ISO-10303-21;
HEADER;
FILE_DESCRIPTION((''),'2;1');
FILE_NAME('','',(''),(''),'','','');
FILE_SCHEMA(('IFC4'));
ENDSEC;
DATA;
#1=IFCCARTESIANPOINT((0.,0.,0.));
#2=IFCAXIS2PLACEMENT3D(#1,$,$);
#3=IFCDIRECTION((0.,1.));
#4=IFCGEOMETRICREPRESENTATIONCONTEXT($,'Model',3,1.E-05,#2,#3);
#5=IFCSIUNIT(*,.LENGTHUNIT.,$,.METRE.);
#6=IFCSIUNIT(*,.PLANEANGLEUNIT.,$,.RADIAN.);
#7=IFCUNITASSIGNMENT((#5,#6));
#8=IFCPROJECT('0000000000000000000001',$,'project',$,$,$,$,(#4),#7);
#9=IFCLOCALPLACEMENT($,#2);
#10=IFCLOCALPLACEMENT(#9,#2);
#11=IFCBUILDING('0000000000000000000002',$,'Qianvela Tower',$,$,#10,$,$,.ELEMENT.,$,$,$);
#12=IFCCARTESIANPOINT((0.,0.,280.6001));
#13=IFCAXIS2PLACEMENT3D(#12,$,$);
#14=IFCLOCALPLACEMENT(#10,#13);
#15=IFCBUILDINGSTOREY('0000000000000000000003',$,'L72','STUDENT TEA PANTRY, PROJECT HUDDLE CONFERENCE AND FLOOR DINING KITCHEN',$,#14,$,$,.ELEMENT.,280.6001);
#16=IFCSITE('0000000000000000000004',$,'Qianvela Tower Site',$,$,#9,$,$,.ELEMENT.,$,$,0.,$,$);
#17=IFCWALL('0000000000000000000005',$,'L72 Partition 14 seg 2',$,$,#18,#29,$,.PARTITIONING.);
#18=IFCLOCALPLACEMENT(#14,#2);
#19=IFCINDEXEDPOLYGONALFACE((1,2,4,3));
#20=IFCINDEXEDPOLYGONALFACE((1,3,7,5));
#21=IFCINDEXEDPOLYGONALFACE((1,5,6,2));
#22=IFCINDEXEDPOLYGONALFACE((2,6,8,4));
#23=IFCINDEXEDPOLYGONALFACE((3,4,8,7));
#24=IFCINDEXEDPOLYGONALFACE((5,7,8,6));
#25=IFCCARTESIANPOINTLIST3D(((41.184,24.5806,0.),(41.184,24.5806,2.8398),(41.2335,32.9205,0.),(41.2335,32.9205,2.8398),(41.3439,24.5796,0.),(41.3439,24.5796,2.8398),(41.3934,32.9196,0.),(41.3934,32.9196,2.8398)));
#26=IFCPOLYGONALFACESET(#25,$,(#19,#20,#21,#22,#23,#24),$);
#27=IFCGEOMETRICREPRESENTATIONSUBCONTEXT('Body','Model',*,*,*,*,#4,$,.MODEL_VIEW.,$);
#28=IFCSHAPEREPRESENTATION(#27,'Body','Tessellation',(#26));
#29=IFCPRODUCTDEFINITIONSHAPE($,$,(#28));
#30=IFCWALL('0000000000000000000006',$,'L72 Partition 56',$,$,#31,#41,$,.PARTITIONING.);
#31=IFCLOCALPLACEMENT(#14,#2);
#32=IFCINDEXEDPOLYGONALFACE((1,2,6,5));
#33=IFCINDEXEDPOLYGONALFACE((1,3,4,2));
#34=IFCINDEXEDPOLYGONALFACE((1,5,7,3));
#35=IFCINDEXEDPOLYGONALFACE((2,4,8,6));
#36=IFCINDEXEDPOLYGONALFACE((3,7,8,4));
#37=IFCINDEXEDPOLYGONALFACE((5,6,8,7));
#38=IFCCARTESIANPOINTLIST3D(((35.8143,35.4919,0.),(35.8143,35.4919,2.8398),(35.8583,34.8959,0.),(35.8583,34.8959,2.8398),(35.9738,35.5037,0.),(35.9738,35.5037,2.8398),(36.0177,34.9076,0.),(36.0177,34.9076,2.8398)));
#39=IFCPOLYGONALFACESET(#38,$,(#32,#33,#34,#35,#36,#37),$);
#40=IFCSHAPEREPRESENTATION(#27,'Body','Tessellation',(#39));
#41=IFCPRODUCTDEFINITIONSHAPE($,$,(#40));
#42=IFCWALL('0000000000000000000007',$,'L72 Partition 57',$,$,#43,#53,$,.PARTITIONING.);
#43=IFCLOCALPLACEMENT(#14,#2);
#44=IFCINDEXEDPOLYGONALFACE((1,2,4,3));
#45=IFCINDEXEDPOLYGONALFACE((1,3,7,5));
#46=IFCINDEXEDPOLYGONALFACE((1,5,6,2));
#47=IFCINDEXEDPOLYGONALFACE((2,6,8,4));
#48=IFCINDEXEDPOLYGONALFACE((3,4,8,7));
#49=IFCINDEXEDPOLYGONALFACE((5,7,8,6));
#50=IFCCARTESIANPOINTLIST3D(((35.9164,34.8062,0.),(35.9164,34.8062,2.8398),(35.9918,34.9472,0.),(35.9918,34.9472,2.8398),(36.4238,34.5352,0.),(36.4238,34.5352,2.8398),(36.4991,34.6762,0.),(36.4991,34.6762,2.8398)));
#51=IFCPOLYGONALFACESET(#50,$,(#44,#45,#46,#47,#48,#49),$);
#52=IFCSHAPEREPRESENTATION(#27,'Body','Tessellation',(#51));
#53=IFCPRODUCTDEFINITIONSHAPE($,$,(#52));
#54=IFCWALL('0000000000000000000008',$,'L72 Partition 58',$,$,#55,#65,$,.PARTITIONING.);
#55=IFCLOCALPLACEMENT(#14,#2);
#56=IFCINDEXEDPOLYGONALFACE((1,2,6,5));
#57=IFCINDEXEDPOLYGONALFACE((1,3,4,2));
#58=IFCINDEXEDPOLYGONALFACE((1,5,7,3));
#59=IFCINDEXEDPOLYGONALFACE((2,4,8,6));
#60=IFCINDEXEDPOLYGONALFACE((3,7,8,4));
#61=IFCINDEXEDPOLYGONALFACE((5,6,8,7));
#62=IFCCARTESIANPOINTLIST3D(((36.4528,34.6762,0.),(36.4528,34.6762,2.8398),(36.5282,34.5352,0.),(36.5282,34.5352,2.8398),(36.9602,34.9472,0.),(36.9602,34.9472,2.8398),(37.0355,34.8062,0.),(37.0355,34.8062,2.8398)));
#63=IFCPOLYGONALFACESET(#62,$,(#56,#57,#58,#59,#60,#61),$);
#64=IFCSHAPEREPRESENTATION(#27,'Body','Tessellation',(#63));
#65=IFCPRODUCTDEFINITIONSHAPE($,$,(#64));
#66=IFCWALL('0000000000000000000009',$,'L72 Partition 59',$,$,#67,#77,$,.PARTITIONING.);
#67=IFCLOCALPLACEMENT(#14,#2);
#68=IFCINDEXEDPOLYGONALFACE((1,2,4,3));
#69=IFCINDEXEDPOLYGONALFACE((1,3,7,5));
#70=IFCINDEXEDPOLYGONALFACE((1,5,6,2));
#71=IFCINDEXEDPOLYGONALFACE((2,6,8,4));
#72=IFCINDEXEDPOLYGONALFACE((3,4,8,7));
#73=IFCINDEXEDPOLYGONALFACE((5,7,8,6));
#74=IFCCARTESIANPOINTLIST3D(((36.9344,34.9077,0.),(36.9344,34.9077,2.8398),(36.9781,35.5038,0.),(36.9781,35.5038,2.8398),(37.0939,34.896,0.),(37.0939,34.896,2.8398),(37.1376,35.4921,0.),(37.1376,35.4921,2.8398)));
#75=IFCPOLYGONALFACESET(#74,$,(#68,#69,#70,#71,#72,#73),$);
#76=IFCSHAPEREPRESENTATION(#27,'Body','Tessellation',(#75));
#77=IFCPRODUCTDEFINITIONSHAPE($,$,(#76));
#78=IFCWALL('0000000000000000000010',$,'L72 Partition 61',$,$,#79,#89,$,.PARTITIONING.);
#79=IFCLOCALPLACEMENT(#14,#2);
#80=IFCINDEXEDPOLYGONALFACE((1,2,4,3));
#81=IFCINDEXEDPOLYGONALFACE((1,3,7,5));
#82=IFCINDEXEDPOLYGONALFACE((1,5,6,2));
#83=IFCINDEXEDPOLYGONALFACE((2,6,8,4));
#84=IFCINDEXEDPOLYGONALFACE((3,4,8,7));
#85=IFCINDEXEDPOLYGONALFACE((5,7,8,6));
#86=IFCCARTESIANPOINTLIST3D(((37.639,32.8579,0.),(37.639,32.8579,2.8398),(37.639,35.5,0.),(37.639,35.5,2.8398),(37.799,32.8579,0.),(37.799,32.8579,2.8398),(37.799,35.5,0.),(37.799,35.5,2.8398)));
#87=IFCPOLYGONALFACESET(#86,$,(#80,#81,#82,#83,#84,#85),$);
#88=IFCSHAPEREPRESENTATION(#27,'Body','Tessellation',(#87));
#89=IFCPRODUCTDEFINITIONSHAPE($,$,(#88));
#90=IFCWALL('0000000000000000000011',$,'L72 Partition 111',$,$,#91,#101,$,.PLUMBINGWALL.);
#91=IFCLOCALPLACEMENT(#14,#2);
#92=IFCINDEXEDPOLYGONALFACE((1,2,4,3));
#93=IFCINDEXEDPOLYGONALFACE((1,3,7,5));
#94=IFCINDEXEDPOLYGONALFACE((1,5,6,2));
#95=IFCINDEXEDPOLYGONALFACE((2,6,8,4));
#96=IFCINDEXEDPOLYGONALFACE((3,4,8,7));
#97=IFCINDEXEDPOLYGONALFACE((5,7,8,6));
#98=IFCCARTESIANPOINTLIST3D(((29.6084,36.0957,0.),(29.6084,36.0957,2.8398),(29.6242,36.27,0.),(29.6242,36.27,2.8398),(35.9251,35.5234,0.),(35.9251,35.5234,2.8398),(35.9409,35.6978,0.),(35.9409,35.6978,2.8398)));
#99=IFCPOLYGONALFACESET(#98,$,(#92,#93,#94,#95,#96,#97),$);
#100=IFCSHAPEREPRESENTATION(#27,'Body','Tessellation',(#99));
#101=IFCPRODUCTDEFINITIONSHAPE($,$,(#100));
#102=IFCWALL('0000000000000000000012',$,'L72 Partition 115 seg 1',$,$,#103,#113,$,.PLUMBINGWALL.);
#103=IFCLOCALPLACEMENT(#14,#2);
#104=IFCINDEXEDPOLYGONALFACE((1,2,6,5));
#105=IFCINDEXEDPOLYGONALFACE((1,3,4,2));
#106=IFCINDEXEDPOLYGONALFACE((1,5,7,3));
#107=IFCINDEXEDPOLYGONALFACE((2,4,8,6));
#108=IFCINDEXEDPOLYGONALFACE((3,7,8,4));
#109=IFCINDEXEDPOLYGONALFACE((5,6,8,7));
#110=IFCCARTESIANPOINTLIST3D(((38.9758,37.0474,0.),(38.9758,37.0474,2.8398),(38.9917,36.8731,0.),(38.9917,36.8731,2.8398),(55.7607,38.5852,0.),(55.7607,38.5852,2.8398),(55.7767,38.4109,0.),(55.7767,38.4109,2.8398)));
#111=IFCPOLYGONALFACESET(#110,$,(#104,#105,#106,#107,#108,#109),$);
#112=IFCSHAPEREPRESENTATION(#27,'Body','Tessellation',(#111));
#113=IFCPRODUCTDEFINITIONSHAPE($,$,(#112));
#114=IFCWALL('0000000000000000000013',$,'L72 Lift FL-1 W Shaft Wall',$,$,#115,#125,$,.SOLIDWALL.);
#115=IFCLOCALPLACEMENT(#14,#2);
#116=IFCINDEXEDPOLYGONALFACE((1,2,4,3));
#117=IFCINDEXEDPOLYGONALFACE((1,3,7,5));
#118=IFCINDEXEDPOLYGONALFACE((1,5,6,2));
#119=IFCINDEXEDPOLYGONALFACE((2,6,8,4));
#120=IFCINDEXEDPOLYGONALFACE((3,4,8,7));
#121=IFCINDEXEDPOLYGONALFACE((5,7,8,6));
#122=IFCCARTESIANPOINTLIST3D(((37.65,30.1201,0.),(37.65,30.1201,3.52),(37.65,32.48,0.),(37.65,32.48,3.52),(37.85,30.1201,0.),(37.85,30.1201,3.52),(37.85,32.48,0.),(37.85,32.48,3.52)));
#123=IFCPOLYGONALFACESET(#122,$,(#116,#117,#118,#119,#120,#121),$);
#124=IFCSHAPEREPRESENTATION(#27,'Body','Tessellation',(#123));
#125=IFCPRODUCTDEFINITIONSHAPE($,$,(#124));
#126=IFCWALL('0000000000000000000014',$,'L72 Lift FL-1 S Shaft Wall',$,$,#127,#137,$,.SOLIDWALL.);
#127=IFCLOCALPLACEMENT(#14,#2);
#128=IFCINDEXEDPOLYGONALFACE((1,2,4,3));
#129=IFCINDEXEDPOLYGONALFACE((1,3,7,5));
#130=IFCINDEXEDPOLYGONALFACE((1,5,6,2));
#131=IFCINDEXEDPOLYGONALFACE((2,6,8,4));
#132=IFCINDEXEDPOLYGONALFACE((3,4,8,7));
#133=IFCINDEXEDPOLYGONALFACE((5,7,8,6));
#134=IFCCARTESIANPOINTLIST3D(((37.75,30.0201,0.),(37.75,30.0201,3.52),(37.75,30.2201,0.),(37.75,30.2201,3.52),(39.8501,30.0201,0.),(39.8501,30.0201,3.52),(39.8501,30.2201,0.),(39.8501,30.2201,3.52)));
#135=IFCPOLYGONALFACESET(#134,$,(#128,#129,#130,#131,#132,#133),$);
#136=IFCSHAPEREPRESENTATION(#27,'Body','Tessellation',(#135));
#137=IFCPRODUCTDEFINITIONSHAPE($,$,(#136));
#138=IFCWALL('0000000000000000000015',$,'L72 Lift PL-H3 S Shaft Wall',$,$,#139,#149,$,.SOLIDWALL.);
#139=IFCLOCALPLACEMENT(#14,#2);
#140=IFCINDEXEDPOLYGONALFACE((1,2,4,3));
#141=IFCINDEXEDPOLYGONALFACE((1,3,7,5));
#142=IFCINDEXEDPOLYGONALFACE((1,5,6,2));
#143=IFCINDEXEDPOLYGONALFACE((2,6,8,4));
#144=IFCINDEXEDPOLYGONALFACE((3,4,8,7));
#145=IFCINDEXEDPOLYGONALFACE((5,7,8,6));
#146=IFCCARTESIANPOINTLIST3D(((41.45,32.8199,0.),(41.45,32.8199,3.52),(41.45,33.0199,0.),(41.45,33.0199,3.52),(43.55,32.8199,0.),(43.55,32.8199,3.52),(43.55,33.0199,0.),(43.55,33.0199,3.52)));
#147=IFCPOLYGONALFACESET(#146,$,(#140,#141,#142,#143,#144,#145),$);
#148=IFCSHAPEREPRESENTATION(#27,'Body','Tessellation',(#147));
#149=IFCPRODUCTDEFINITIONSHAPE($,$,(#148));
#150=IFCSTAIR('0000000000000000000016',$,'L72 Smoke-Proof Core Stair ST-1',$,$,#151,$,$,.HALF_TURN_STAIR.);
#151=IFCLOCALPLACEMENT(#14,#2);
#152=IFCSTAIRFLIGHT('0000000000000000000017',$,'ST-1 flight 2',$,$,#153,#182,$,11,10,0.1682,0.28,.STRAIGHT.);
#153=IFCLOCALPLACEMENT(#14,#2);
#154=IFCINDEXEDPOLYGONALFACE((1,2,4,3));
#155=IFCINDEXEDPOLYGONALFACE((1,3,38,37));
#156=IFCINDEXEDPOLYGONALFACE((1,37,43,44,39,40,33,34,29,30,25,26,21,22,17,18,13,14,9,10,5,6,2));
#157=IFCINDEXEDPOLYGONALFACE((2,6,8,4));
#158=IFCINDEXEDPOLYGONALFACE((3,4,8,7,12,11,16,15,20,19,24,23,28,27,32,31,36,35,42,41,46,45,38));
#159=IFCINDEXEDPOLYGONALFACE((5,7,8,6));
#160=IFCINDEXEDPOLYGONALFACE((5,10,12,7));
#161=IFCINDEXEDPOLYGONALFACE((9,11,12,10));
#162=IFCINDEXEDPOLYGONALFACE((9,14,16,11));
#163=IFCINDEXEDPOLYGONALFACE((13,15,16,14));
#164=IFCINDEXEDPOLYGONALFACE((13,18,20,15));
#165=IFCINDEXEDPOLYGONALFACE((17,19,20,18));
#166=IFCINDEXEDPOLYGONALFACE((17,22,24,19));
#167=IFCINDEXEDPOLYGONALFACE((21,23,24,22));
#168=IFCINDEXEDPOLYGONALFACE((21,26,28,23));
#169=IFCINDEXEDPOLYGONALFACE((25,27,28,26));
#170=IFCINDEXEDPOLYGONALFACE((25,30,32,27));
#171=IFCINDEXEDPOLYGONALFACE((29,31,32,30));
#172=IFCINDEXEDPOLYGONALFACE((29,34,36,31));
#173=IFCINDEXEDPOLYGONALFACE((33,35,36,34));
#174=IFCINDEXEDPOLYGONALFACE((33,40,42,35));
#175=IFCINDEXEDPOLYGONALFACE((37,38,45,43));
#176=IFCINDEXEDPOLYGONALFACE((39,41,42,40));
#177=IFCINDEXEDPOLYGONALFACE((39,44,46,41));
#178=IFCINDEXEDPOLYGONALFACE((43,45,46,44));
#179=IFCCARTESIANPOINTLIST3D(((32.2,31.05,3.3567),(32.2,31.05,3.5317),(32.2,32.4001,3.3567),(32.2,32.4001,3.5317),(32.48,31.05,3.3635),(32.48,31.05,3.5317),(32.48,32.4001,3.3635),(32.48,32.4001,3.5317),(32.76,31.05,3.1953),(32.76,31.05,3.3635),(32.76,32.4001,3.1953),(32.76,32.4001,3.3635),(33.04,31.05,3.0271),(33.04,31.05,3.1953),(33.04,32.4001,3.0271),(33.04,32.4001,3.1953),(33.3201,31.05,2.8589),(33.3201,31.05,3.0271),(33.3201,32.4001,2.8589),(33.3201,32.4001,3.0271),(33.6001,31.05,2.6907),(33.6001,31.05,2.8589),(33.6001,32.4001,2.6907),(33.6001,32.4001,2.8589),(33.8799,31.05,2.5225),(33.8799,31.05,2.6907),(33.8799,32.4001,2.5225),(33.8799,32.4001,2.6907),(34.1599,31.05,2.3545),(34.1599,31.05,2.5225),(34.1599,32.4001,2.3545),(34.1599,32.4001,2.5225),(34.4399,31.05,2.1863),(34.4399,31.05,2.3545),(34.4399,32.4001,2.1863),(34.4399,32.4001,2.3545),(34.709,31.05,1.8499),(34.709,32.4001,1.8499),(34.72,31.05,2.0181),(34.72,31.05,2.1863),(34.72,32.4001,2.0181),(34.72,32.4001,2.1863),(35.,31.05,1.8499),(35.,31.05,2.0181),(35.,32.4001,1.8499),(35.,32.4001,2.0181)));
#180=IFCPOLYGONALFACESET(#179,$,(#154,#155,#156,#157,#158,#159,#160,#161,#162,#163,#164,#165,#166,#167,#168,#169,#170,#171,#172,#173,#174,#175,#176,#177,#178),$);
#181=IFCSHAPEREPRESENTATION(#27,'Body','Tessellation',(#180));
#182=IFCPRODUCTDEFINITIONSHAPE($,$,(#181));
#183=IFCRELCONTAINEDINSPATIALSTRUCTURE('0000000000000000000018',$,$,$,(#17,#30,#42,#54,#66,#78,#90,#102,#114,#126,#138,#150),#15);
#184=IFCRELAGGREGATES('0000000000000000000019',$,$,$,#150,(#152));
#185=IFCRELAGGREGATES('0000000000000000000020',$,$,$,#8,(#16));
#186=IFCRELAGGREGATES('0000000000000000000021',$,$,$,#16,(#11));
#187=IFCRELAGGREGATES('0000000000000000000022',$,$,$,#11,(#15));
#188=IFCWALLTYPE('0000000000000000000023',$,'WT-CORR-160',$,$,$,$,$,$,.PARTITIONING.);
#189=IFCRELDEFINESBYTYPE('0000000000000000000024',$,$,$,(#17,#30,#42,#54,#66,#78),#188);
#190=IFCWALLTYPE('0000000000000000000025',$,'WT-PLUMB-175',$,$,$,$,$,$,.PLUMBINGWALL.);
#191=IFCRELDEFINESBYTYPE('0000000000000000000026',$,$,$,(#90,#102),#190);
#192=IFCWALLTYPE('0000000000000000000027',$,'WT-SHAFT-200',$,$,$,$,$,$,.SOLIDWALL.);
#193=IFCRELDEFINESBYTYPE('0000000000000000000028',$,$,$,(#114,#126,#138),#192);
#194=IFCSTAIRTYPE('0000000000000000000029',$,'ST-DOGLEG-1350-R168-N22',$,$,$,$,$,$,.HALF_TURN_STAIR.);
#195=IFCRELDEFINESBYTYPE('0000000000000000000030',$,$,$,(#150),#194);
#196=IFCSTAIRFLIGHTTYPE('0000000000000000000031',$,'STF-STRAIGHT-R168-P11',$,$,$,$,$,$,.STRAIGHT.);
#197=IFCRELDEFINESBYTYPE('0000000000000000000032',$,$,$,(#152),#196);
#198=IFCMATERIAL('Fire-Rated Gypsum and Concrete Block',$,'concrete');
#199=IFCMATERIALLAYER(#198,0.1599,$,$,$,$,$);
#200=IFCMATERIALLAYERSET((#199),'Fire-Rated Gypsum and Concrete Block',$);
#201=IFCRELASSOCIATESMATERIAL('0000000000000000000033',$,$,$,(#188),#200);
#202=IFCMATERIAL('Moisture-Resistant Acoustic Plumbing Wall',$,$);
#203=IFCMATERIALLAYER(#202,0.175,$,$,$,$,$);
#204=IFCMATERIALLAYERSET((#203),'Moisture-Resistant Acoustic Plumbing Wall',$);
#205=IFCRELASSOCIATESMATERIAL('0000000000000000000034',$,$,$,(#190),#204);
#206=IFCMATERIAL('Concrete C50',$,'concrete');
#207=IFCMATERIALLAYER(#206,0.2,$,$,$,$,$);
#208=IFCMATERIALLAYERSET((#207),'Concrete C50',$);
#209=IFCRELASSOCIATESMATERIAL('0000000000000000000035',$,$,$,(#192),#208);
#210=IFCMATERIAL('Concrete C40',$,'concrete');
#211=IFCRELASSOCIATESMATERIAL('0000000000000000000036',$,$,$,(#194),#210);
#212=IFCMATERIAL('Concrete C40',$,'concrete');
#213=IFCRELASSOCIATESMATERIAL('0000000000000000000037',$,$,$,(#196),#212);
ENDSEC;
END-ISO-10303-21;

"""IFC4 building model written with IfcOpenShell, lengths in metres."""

from ifc_helpers import new_model, si_unit, direction, frame, frame_2d, origin, place, context, subcontext, project, spatial, polyline, rectangle, outline, extrude, material, layer, layer_set, type_object, element, aggregate, save


model = new_model("IFC4")

# Units and contexts
model_context = context("Model", 3, precision=1e-05, world=origin(), true_north=direction((0.0, 1.0)))
body_context = subcontext(model_context, "Body", "Model", "MODEL_VIEW")
ifc_project = project(units=[si_unit("LENGTHUNIT", "METRE"), si_unit("PLANEANGLEUNIT", "RADIAN")], contexts=[model_context])

# Site, building, storey
site_placement = place(None, origin())
site = spatial("IfcSite", under=ifc_project, at=site_placement, Name="Qianvela Tower Site", CompositionType="ELEMENT", RefElevation=0.0)
building_placement = place(site_placement, origin())
building = spatial("IfcBuilding", under=site, at=building_placement, Name="Qianvela Tower", CompositionType="ELEMENT")
storey_placement = place(building_placement, frame((0.0, 0.0, 280.6001)))
storey = spatial("IfcBuildingStorey", under=building, at=storey_placement, Name="L72", Description="STUDENT TEA PANTRY, PROJECT HUDDLE CONFERENCE AND FLOOR DINING KITCHEN", CompositionType="ELEMENT", Elevation=280.6001)

# Walls
ifc_material_1 = material(Name="Fire-Rated Gypsum and Concrete Block", Category="concrete")
ifc_layer_1 = layer(ifc_material_1, 0.1599)
ifc_layer_set_1 = layer_set([ifc_layer_1], Name="Fire-Rated Gypsum and Concrete Block")
wall_type_1 = type_object("IfcWallType", Name="WT-CORR-160", PredefinedType="PARTITIONING", material=ifc_layer_set_1)
wall_1_placement = place(storey_placement, frame((41.3135, 32.9199, 0.0), z_axis=(0.0, 0.0, 1.0), x_axis=(-0.005943, -0.999982, 0.0)))
element("IfcWall", 1, at=wall_1_placement, inside=storey, type_object=wall_type_1, Name="L72 Partition 14 seg 2", PredefinedType="PARTITIONING", context=body_context, shape_type="SweptSolid", body=[
    extrude(rectangle(XDim=8.3401, YDim=0.1599, at=frame_2d((4.1699, 0.0))), origin(), (0.0, 0.0, 1.0), 2.8398),
])
wall_2_placement = place(storey_placement, frame((35.894, 35.4978, 0.0), z_axis=(0.0, 0.0, 1.0), x_axis=(0.073541, -0.997292, 0.0)))
element("IfcWall", 2, at=wall_2_placement, inside=storey, type_object=wall_type_1, Name="L72 Partition 56", PredefinedType="PARTITIONING", context=body_context, shape_type="SweptSolid", body=[
    extrude(rectangle(XDim=0.5977, YDim=0.1599, at=frame_2d((0.2988, 0.0))), origin(), (0.0, 0.0, 1.0), 2.8398),
])
for number, where, z_axis, x_axis, name in (
    (3, (35.9541, 34.8767, 0.0), (0.0, 0.0, 1.0), (0.882047, -0.471161, 0.0), "L72 Partition 57"),
    (4, (36.4905, 34.6057, 0.0), (0.0, 0.0, 1.0), (0.882047, 0.471161, 0.0), "L72 Partition 58"),
):
    element("IfcWall", number, at=place(storey_placement, frame(where, z_axis=z_axis, x_axis=x_axis)), inside=storey, type_object=wall_type_1, Name=name, PredefinedType="PARTITIONING", context=body_context, shape_type="SweptSolid", body=[
        extrude(rectangle(XDim=0.5752, YDim=0.1599, at=frame_2d((0.2876, 0.0))), origin(), (0.0, 0.0, 1.0), 2.8398),
    ])
wall_3_placement = place(storey_placement, frame((37.0142, 34.9019, 0.0), z_axis=(0.0, 0.0, 1.0), x_axis=(0.073134, 0.997322, 0.0)))
element("IfcWall", 5, at=wall_3_placement, inside=storey, type_object=wall_type_1, Name="L72 Partition 59", PredefinedType="PARTITIONING", context=body_context, shape_type="SweptSolid", body=[
    extrude(rectangle(XDim=0.5977, YDim=0.1599, at=frame_2d((0.2988, 0.0))), origin(), (0.0, 0.0, 1.0), 2.8398),
])
wall_4_placement = place(storey_placement, frame((37.719, 35.5, 0.0), z_axis=(0.0, 0.0, 1.0), x_axis=(0.0, -1.0, 0.0)))
element("IfcWall", 6, at=wall_4_placement, inside=storey, type_object=wall_type_1, Name="L72 Partition 61", PredefinedType="PARTITIONING", context=body_context, shape_type="SweptSolid", body=[
    extrude(rectangle(XDim=2.6421, YDim=0.1599, at=frame_2d((1.321, 0.0))), origin(), (0.0, 0.0, 1.0), 2.8398),
])
ifc_material_2 = material(Name="Moisture-Resistant Acoustic Plumbing Wall")
ifc_layer_2 = layer(ifc_material_2, 0.175)
ifc_layer_set_2 = layer_set([ifc_layer_2], Name="Moisture-Resistant Acoustic Plumbing Wall")
wall_type_2 = type_object("IfcWallType", Name="WT-PLUMB-175", PredefinedType="PLUMBINGWALL", material=ifc_layer_set_2)
wall_5_placement = place(storey_placement, frame((35.9331, 35.6106, 0.0), z_axis=(0.0, 0.0, 1.0), x_axis=(-0.995921, 0.090227, 0.0)))
element("IfcWall", 7, at=wall_5_placement, inside=storey, type_object=wall_type_2, Name="L72 Partition 111", PredefinedType="PLUMBINGWALL", context=body_context, shape_type="SweptSolid", body=[
    extrude(rectangle(XDim=6.3425, YDim=0.175, at=frame_2d((3.1714, 0.0))), origin(), (0.0, 0.0, 1.0), 2.8398),
])
wall_6_placement = place(storey_placement, frame((38.9836, 36.9602, 0.0), z_axis=(0.0, 0.0, 1.0), x_axis=(0.995829, 0.091238, 0.0)))
element("IfcWall", 8, at=wall_6_placement, inside=storey, type_object=wall_type_2, Name="L72 Partition 115 seg 1", PredefinedType="PLUMBINGWALL", context=body_context, shape_type="SweptSolid", body=[
    extrude(rectangle(XDim=16.8552, YDim=0.175, at=frame_2d((8.4277, 0.0))), origin(), (0.0, 0.0, 1.0), 2.8398),
])

# Shared definitions
ifc_material_3 = material(Name="Concrete C50", Category="concrete")
ifc_layer_3 = layer(ifc_material_3, 0.2)
ifc_layer_set_3 = layer_set([ifc_layer_3], Name="Concrete C50")
wall_type_3 = type_object("IfcWallType", Name="WT-SHAFT-200", PredefinedType="SOLIDWALL", material=ifc_layer_set_3)

# Walls
wall_7_placement = place(storey_placement, frame((37.75, 30.1201, 0.0), z_axis=(0.0, 0.0, 1.0), x_axis=(0.0, 1.0, 0.0)))
element("IfcWall", 9, at=wall_7_placement, inside=storey, type_object=wall_type_3, Name="L72 Lift FL-1 W Shaft Wall", PredefinedType="SOLIDWALL", context=body_context, shape_type="SweptSolid", body=[
    extrude(rectangle(XDim=2.3599, YDim=0.2, at=frame_2d((1.1799, 0.0))), origin(), (0.0, 0.0, 1.0), 3.52),
])
wall_8_placement = place(storey_placement, frame((37.75, 30.1201, 0.0), z_axis=(0.0, 0.0, 1.0), x_axis=(1.0, 0.0, 0.0)))
element("IfcWall", 10, at=wall_8_placement, inside=storey, type_object=wall_type_3, Name="L72 Lift FL-1 S Shaft Wall", PredefinedType="SOLIDWALL", context=body_context, shape_type="SweptSolid", body=[
    extrude(rectangle(XDim=2.1001, YDim=0.2, at=frame_2d((1.05, 0.0))), origin(), (0.0, 0.0, 1.0), 3.52),
])

# Wall
wall_9_placement = place(storey_placement, frame((41.45, 32.9199, 0.0), z_axis=(0.0, 0.0, 1.0), x_axis=(1.0, 0.0, 0.0)))
element("IfcWall", 11, at=wall_9_placement, inside=storey, type_object=wall_type_3, Name="L72 Lift PL-H3 S Shaft Wall", PredefinedType="SOLIDWALL", context=body_context, shape_type="SweptSolid", body=[
    extrude(rectangle(XDim=2.1001, YDim=0.2, at=frame_2d((1.05, 0.0))), origin(), (0.0, 0.0, 1.0), 3.52),
])

# Stair, stair flight
ifc_material_4 = material(Name="Concrete C40", Category="concrete")
stair_type = type_object("IfcStairType", Name="ST-DOGLEG-1350-R168-N22", PredefinedType="HALF_TURN_STAIR", material=ifc_material_4)
stair_placement = place(storey_placement, origin())
stair = element("IfcStair", 12, at=stair_placement, inside=storey, type_object=stair_type, Name="L72 Smoke-Proof Core Stair ST-1", PredefinedType="HALF_TURN_STAIR")
ifc_material_5 = material(Name="Concrete C40", Category="concrete")
stair_flight_type = type_object("IfcStairFlightType", Name="STF-STRAIGHT-R168-P11", PredefinedType="STRAIGHT", material=ifc_material_5)
stair_flight_placement = place(storey_placement, frame((35.0, 31.7251, 1.8499), z_axis=(0.0, 0.0, 1.0), x_axis=(-1.0, 0.0, 0.0)))
stair_flight = element("IfcStairFlight", 13, at=stair_flight_placement, type_object=stair_flight_type, Name="ST-1 flight 2", NumberOfRisers=11, NumberOfTreads=10, PredefinedType="STRAIGHT", RiserHeight=0.1682, TreadLength=0.28, context=body_context, shape_type="SweptSolid", body=[
    extrude(outline(polyline([(0.0, 0.0), (0.0, 0.1682), (0.28, 0.1682), (0.28, 0.3364), (0.5601, 0.3364), (0.5601, 0.5046), (0.8401, 0.5046), (0.8401, 0.6726), (1.1201, 0.6726), (1.1201, 0.8408), (1.3999, 0.8408), (1.3999, 1.009), (1.6799, 1.009), (1.6799, 1.1772), (1.96, 1.1772), (1.96, 1.3455), (2.24, 1.3455), (2.24, 1.5137), (2.52, 1.5137), (2.52, 1.6819), (2.8, 1.6819), (2.8, 1.8501), (2.8, 1.5068), (0.291, 0.0), (0.0, 0.0)])), frame((0.0, 0.675, 0.0), z_axis=(0.0, -1.0, 0.0), x_axis=(1.0, 0.0, 0.0)), (0.0, 0.0, 1.0), 1.3501),
])
aggregate(stair, [stair_flight])

save(model, "model.ifc")
